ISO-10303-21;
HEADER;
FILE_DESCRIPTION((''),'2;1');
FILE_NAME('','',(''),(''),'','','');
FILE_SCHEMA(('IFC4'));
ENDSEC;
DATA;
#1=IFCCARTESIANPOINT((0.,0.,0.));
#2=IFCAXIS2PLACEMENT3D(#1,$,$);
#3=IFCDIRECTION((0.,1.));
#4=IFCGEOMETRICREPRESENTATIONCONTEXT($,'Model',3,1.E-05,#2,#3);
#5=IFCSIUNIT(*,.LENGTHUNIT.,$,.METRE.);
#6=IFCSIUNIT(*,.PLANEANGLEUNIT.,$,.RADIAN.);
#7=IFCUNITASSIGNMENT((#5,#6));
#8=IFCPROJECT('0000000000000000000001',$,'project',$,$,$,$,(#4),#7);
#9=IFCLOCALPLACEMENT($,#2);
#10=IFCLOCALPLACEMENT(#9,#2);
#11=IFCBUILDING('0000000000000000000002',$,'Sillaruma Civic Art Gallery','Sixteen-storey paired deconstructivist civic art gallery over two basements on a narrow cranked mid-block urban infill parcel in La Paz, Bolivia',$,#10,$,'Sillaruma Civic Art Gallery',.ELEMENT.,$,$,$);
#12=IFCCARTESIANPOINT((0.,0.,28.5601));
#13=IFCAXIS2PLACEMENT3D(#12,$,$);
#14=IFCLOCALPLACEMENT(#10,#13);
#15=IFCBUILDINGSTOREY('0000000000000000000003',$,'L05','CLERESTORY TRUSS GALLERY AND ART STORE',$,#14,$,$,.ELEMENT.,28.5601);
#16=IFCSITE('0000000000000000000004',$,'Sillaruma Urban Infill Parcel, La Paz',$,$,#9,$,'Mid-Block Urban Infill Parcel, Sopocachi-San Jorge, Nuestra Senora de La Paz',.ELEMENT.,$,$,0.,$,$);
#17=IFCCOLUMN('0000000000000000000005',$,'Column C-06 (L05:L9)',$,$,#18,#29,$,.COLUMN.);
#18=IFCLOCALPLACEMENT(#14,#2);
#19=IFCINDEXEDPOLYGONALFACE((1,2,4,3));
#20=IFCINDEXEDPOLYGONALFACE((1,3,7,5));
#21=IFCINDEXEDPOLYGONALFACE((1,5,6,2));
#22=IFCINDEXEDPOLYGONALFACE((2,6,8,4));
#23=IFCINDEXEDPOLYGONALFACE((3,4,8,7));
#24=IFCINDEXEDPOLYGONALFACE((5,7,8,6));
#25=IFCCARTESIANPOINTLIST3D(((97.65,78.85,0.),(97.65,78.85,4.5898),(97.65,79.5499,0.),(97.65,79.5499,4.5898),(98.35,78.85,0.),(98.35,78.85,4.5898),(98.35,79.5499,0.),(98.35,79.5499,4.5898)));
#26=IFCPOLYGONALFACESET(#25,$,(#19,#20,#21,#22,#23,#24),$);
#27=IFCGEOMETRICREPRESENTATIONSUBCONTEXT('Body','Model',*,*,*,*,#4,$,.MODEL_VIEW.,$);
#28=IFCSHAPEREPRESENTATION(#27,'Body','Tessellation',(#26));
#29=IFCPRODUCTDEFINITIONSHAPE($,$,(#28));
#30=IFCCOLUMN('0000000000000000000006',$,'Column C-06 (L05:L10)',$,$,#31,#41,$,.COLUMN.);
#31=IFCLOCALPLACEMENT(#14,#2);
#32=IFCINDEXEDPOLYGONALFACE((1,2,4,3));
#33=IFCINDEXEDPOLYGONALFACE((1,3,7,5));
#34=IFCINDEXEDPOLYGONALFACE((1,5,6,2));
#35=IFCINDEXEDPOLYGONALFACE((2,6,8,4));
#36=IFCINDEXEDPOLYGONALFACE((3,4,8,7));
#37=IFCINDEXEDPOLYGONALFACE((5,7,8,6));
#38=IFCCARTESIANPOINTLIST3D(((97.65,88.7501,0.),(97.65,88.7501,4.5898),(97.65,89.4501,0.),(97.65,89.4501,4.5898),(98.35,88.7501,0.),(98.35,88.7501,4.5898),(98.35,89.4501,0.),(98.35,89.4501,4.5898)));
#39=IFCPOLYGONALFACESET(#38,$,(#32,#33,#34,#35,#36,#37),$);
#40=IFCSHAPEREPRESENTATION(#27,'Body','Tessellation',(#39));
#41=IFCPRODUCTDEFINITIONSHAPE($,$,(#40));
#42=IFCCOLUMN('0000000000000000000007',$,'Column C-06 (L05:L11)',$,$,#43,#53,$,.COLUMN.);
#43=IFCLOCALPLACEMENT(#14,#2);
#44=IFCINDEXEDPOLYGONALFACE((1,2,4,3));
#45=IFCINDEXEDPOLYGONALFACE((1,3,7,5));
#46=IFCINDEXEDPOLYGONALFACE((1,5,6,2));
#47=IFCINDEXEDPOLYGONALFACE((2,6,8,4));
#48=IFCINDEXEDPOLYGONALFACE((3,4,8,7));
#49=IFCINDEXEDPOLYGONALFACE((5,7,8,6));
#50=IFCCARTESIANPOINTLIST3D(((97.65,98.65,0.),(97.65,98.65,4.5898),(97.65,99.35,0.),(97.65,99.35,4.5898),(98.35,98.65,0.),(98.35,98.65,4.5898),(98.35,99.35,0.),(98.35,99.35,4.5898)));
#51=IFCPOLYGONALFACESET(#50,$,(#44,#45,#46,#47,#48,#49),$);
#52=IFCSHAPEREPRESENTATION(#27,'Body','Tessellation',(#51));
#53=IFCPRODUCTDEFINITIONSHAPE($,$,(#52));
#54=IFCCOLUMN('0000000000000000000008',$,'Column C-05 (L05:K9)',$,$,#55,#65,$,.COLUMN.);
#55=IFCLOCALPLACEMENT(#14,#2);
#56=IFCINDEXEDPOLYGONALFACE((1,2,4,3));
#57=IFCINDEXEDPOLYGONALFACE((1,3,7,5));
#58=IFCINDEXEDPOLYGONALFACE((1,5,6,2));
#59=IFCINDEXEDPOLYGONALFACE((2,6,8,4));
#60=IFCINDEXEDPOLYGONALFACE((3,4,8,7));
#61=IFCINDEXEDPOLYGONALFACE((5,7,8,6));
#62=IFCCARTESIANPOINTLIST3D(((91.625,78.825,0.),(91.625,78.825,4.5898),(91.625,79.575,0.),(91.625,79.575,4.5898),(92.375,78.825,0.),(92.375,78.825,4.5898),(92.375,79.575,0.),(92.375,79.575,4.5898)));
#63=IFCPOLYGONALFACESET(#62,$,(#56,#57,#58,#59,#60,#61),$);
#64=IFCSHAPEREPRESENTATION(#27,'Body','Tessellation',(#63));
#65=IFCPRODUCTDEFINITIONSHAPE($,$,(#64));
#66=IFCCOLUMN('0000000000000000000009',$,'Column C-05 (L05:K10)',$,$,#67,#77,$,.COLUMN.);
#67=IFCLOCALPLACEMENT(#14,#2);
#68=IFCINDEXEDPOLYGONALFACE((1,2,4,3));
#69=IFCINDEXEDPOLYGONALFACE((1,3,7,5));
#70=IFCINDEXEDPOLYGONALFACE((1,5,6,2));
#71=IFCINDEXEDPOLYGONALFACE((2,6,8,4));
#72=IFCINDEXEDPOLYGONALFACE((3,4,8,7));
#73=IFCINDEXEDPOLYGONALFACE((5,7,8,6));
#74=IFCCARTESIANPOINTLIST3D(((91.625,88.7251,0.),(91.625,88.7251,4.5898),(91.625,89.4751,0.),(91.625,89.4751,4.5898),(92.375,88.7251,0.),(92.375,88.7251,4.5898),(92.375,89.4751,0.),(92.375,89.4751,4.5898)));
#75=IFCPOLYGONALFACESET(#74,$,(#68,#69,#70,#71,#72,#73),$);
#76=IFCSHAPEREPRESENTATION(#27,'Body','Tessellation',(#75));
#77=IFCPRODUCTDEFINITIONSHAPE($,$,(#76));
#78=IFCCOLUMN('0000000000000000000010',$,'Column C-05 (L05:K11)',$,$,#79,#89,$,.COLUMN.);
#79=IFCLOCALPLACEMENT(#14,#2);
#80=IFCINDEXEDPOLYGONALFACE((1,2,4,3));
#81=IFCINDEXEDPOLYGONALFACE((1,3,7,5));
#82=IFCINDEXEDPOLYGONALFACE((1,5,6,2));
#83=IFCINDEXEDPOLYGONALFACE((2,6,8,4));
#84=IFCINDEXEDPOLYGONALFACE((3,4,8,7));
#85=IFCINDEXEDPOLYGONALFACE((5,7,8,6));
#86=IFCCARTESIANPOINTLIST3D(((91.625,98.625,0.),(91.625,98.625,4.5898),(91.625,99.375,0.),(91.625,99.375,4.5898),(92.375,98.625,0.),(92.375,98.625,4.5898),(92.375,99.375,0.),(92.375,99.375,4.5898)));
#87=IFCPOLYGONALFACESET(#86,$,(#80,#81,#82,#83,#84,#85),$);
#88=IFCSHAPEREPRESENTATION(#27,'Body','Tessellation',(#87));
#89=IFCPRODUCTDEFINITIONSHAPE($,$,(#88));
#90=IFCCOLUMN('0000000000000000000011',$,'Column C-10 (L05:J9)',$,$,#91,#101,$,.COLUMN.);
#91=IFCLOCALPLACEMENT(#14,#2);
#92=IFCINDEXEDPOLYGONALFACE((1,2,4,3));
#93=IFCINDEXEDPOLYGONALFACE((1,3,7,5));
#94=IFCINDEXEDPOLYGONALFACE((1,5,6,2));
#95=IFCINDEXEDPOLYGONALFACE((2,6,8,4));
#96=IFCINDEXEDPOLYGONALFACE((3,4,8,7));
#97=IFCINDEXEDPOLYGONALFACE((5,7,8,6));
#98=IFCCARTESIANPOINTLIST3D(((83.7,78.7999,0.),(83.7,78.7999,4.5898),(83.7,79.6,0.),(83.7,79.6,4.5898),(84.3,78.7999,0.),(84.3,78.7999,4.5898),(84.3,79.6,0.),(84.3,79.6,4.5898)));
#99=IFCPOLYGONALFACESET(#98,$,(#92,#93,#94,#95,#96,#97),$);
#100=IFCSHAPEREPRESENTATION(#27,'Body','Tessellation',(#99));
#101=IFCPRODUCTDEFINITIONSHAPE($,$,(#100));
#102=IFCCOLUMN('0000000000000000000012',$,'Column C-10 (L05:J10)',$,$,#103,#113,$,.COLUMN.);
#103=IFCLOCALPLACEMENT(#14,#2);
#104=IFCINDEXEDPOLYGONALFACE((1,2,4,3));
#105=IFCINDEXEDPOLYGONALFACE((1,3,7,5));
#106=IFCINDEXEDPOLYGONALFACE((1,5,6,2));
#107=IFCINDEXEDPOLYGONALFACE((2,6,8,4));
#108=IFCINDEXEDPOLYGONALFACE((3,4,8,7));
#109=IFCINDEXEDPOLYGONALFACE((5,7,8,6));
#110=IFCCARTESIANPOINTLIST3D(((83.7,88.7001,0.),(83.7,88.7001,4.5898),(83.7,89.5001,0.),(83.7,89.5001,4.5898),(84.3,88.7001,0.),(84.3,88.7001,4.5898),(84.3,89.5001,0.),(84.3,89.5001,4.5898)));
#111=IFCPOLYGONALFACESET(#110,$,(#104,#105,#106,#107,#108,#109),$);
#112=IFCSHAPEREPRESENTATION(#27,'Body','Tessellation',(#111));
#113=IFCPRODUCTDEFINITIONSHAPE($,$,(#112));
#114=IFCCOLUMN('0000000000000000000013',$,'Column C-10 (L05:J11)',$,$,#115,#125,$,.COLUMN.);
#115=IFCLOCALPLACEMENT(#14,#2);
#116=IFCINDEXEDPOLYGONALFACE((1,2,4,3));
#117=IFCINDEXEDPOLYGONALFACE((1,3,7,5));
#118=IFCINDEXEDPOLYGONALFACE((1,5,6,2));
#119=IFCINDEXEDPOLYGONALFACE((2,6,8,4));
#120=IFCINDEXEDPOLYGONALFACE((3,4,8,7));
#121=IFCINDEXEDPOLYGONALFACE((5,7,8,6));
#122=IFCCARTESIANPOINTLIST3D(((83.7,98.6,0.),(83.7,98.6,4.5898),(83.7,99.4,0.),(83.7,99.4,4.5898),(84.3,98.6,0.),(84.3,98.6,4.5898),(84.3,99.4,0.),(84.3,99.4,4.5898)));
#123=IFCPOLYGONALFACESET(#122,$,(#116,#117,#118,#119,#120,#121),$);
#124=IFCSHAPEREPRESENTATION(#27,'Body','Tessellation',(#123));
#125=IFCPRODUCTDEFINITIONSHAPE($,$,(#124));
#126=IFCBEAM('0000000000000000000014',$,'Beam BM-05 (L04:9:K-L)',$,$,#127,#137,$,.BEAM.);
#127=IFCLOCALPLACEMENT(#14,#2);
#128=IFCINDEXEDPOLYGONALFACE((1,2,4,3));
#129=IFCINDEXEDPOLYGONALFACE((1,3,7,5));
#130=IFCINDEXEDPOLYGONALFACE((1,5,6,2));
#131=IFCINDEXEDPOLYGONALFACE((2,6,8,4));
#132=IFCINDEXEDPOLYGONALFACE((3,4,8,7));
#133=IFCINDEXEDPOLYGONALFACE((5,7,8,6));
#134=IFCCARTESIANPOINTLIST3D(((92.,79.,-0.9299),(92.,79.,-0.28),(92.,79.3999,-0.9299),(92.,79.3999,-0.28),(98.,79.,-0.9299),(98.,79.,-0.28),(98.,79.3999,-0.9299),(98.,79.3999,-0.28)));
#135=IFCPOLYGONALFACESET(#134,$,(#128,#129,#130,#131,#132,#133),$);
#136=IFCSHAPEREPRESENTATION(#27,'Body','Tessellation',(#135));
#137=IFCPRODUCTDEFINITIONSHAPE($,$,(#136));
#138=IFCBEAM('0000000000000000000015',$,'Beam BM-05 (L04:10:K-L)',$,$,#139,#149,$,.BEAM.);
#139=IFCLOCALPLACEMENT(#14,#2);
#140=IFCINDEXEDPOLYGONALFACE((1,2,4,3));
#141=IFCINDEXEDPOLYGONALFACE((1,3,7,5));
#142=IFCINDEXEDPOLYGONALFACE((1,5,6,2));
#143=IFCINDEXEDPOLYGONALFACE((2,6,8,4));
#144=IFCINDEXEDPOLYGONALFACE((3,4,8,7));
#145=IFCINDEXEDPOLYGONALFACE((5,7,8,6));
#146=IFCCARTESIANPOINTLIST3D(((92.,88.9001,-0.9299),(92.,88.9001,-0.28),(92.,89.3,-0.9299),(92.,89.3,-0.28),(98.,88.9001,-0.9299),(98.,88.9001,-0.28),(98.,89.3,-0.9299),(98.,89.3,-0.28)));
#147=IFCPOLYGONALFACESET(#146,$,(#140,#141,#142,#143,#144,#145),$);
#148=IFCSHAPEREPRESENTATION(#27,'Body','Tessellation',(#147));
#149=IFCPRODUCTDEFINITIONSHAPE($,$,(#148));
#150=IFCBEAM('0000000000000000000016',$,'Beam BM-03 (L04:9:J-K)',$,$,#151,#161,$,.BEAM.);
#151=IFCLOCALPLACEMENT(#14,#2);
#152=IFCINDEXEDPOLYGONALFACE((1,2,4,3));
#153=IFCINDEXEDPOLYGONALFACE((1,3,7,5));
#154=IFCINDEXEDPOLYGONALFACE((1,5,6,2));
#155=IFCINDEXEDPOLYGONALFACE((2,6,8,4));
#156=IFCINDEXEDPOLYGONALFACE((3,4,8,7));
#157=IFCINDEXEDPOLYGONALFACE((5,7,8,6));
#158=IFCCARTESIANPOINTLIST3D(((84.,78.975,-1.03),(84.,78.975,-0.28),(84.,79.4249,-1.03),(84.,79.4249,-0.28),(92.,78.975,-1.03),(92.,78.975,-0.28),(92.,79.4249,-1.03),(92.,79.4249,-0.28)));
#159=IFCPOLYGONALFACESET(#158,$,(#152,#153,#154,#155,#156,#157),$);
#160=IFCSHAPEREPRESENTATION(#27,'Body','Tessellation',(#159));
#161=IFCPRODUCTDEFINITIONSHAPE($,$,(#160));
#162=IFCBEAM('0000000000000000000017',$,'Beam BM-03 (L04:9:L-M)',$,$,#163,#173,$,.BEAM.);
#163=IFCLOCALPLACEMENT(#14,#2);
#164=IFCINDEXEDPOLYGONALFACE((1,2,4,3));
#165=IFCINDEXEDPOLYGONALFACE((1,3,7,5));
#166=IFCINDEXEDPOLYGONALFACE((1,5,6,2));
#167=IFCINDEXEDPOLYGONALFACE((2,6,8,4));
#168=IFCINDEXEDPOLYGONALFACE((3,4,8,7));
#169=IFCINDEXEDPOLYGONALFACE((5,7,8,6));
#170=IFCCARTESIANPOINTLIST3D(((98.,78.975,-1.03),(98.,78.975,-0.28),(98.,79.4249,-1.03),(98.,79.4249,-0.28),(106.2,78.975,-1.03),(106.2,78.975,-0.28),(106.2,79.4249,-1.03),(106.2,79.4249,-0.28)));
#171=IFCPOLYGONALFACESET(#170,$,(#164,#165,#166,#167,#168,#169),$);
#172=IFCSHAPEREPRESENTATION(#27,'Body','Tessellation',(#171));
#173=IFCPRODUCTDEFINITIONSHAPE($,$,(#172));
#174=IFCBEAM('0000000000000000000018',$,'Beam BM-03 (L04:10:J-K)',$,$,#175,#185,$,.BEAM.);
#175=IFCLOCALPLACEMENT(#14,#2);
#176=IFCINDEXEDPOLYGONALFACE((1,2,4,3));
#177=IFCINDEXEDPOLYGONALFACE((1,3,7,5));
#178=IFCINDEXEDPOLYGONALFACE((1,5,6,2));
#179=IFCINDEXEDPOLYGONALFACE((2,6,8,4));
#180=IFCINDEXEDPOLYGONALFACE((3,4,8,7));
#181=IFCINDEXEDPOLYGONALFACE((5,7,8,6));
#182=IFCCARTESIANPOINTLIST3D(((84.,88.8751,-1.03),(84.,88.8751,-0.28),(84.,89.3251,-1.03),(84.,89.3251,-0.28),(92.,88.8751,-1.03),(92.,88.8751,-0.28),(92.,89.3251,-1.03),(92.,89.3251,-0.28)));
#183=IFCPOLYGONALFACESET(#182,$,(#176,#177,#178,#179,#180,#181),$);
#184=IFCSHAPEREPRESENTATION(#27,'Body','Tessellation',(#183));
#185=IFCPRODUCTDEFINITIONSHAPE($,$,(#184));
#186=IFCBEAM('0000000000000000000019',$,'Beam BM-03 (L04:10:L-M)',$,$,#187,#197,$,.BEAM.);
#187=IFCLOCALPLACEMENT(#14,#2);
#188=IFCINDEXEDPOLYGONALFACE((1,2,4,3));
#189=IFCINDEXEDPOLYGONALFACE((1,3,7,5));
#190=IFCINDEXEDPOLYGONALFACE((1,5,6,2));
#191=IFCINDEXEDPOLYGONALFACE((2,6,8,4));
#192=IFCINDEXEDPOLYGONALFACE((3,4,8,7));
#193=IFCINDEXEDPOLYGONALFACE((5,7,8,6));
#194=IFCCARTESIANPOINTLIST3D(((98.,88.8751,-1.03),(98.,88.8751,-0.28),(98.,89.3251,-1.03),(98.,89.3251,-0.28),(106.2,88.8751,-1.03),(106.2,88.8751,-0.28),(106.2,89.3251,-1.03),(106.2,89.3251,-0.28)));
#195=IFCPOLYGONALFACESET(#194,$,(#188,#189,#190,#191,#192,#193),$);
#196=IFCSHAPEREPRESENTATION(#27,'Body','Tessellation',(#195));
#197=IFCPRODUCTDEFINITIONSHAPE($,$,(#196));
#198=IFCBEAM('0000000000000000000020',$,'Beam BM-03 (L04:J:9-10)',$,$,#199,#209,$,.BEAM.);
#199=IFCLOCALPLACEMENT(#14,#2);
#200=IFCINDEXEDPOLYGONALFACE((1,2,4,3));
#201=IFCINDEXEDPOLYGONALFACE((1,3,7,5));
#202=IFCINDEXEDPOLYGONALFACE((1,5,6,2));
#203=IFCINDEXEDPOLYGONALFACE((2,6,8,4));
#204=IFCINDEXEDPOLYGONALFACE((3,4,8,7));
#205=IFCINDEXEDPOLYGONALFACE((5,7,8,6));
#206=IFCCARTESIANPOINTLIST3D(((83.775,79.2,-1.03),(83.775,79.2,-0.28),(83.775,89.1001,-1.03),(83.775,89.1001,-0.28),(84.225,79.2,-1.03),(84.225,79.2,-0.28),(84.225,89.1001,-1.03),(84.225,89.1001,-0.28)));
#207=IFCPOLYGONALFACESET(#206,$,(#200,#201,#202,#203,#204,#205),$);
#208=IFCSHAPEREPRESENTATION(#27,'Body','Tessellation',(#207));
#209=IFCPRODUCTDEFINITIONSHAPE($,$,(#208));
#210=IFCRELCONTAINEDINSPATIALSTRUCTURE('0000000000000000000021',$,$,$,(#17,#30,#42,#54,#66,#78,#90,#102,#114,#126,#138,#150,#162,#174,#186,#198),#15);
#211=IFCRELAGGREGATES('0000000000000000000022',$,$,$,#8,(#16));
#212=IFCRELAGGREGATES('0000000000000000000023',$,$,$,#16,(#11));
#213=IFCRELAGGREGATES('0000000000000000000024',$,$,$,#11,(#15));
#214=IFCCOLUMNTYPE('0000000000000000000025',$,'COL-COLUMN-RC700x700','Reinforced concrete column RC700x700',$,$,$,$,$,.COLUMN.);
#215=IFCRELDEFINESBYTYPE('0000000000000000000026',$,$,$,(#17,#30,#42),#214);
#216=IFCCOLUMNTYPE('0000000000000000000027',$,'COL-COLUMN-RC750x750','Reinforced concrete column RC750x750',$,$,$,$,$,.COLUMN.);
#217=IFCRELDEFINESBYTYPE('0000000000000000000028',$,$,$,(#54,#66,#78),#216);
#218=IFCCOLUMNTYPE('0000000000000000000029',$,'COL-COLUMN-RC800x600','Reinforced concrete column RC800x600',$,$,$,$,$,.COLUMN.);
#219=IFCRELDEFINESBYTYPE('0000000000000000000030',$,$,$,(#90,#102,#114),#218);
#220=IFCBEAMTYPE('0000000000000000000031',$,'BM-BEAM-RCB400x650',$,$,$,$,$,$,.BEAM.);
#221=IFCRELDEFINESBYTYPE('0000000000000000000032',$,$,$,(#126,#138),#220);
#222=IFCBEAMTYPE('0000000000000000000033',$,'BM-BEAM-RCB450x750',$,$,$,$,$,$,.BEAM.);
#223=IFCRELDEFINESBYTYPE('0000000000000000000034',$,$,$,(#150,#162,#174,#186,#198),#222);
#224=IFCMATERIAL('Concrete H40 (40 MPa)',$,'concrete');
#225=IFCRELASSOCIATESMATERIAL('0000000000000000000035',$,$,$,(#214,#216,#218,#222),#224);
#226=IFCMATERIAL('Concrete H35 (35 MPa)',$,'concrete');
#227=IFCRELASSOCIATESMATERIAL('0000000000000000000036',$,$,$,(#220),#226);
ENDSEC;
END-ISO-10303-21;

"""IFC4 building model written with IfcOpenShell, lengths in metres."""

from ifc_helpers import new_model, si_unit, direction, frame, origin, origin_2d, place, context, subcontext, project, spatial, rectangle, extrude, material, material_profile, profile_set, type_object, element, save


model = new_model("IFC4")

# Units and contexts
model_context = context("Model", 3, precision=1e-05, world=origin(), true_north=direction((0.0, 1.0)))
body_context = subcontext(model_context, "Body", "Model", "MODEL_VIEW")
ifc_project = project(units=[si_unit("LENGTHUNIT", "METRE"), si_unit("PLANEANGLEUNIT", "RADIAN")], contexts=[model_context])

# Site, building, storey
site_placement = place(None, origin())
site = spatial("IfcSite", under=ifc_project, at=site_placement, Name="Sillaruma Urban Infill Parcel, La Paz", LongName="Mid-Block Urban Infill Parcel, Sopocachi-San Jorge, Nuestra Senora de La Paz", CompositionType="ELEMENT", RefElevation=0.0)
building_placement = place(site_placement, origin())
building = spatial("IfcBuilding", under=site, at=building_placement, Name="Sillaruma Civic Art Gallery", Description="Sixteen-storey paired deconstructivist civic art gallery over two basements on a narrow cranked mid-block urban infill parcel in La Paz, Bolivia", LongName="Sillaruma Civic Art Gallery", CompositionType="ELEMENT")
storey_placement = place(building_placement, frame((0.0, 0.0, 28.5601)))
storey = spatial("IfcBuildingStorey", under=building, at=storey_placement, Name="L05", Description="CLERESTORY TRUSS GALLERY AND ART STORE", CompositionType="ELEMENT", Elevation=28.5601)

# Columns
ifc_material_1 = material(Name="Concrete H40 (40 MPa)", Category="concrete")
ifc_material_profile_1 = material_profile(ifc_material_1, rectangle(XDim=0.7, YDim=0.7, at=origin_2d()), Name="RC700x700")
ifc_profile_set_1 = profile_set([ifc_material_profile_1], Name="Concrete H40 (40 MPa)")
column_type_1 = type_object("IfcColumnType", Name="COL-COLUMN-RC700x700", Description="Reinforced concrete column RC700x700", PredefinedType="COLUMN", material=ifc_profile_set_1)
for number, where, z_axis, x_axis, name in (
    (1, (98.0, 79.2, 0.0), (0.0, 0.0, 1.0), (1.0, 0.0, 0.0), "Column C-06 (L05:L9)"),
    (2, (98.0, 89.1001, 0.0), (0.0, 0.0, 1.0), (1.0, 0.0, 0.0), "Column C-06 (L05:L10)"),
    (3, (98.0, 99.0, 0.0), (0.0, 0.0, 1.0), (1.0, 0.0, 0.0), "Column C-06 (L05:L11)"),
):
    element("IfcColumn", number, at=place(storey_placement, frame(where, z_axis=z_axis, x_axis=x_axis)), inside=storey, type_object=column_type_1, Name=name, PredefinedType="COLUMN", context=body_context, shape_type="SweptSolid", body=[
        extrude(rectangle(XDim=0.7, YDim=0.7, at=origin_2d()), origin(), (0.0, 0.0, 1.0), 4.5898),
    ])
ifc_material_profile_2 = material_profile(ifc_material_1, rectangle(XDim=0.75, YDim=0.75, at=origin_2d()), Name="RC750x750")
ifc_profile_set_2 = profile_set([ifc_material_profile_2], Name="Concrete H40 (40 MPa)")
column_type_2 = type_object("IfcColumnType", Name="COL-COLUMN-RC750x750", Description="Reinforced concrete column RC750x750", PredefinedType="COLUMN", material=ifc_profile_set_2)
for number, where, z_axis, x_axis, name in (
    (4, (92.0, 79.2, 0.0), (0.0, 0.0, 1.0), (1.0, 0.0, 0.0), "Column C-05 (L05:K9)"),
    (5, (92.0, 89.1001, 0.0), (0.0, 0.0, 1.0), (1.0, 0.0, 0.0), "Column C-05 (L05:K10)"),
    (6, (92.0, 99.0, 0.0), (0.0, 0.0, 1.0), (1.0, 0.0, 0.0), "Column C-05 (L05:K11)"),
):
    element("IfcColumn", number, at=place(storey_placement, frame(where, z_axis=z_axis, x_axis=x_axis)), inside=storey, type_object=column_type_2, Name=name, PredefinedType="COLUMN", context=body_context, shape_type="SweptSolid", body=[
        extrude(rectangle(XDim=0.75, YDim=0.75, at=origin_2d()), origin(), (0.0, 0.0, 1.0), 4.5898),
    ])
ifc_material_profile_3 = material_profile(ifc_material_1, rectangle(XDim=0.6001, YDim=0.8, at=origin_2d()), Name="RC800x600")
ifc_profile_set_3 = profile_set([ifc_material_profile_3], Name="Concrete H40 (40 MPa)")
column_type_3 = type_object("IfcColumnType", Name="COL-COLUMN-RC800x600", Description="Reinforced concrete column RC800x600", PredefinedType="COLUMN", material=ifc_profile_set_3)
for number, where, z_axis, x_axis, name in (
    (7, (84.0, 79.2, 0.0), (0.0, 0.0, 1.0), (1.0, 0.0, 0.0), "Column C-10 (L05:J9)"),
    (8, (84.0, 89.1001, 0.0), (0.0, 0.0, 1.0), (1.0, 0.0, 0.0), "Column C-10 (L05:J10)"),
    (9, (84.0, 99.0, 0.0), (0.0, 0.0, 1.0), (1.0, 0.0, 0.0), "Column C-10 (L05:J11)"),
):
    element("IfcColumn", number, at=place(storey_placement, frame(where, z_axis=z_axis, x_axis=x_axis)), inside=storey, type_object=column_type_3, Name=name, PredefinedType="COLUMN", context=body_context, shape_type="SweptSolid", body=[
        extrude(rectangle(XDim=0.6001, YDim=0.8, at=origin_2d()), origin(), (0.0, 0.0, 1.0), 4.5898),
    ])

# Beams
ifc_material_2 = material(Name="Concrete H35 (35 MPa)", Category="concrete")
ifc_material_profile_4 = material_profile(ifc_material_2, rectangle(XDim=0.3999, YDim=0.6499, at=origin_2d()), Name="RCB400x650")
ifc_profile_set_4 = profile_set([ifc_material_profile_4], Name="Concrete H35 (35 MPa)")
beam_type_1 = type_object("IfcBeamType", Name="BM-BEAM-RCB400x650", PredefinedType="BEAM", material=ifc_profile_set_4)
for number, where, z_axis, x_axis, name in (
    (10, (92.0, 79.2, -0.605), (1.0, 0.0, 0.0), (0.0, 1.0, 0.0), "Beam BM-05 (L04:9:K-L)"),
    (11, (92.0, 89.1001, -0.605), (1.0, 0.0, 0.0), (0.0, 1.0, 0.0), "Beam BM-05 (L04:10:K-L)"),
):
    element("IfcBeam", number, at=place(storey_placement, frame(where, z_axis=z_axis, x_axis=x_axis)), inside=storey, type_object=beam_type_1, Name=name, PredefinedType="BEAM", context=body_context, shape_type="SweptSolid", body=[
        extrude(rectangle(XDim=0.3999, YDim=0.6499, at=origin_2d()), origin(), (0.0, 0.0, 1.0), 6.0),
    ])
ifc_material_profile_5 = material_profile(ifc_material_1, rectangle(XDim=0.45, YDim=0.75, at=origin_2d()), Name="RCB450x750")
ifc_profile_set_5 = profile_set([ifc_material_profile_5], Name="Concrete H40 (40 MPa)")
beam_type_2 = type_object("IfcBeamType", Name="BM-BEAM-RCB450x750", PredefinedType="BEAM", material=ifc_profile_set_5)
beam_1_placement = place(storey_placement, frame((84.0, 79.2, -0.655), z_axis=(1.0, 0.0, 0.0), x_axis=(0.0, 1.0, 0.0)))
element("IfcBeam", 12, at=beam_1_placement, inside=storey, type_object=beam_type_2, Name="Beam BM-03 (L04:9:J-K)", PredefinedType="BEAM", context=body_context, shape_type="SweptSolid", body=[
    extrude(rectangle(XDim=0.45, YDim=0.75, at=origin_2d()), origin(), (0.0, 0.0, 1.0), 8.0),
])
beam_2_placement = place(storey_placement, frame((98.0, 79.2, -0.655), z_axis=(1.0, 0.0, 0.0), x_axis=(0.0, 1.0, 0.0)))
element("IfcBeam", 13, at=beam_2_placement, inside=storey, type_object=beam_type_2, Name="Beam BM-03 (L04:9:L-M)", PredefinedType="BEAM", context=body_context, shape_type="SweptSolid", body=[
    extrude(rectangle(XDim=0.45, YDim=0.75, at=origin_2d()), origin(), (0.0, 0.0, 1.0), 8.2),
])
beam_3_placement = place(storey_placement, frame((84.0, 89.1001, -0.655), z_axis=(1.0, 0.0, 0.0), x_axis=(0.0, 1.0, 0.0)))
element("IfcBeam", 14, at=beam_3_placement, inside=storey, type_object=beam_type_2, Name="Beam BM-03 (L04:10:J-K)", PredefinedType="BEAM", context=body_context, shape_type="SweptSolid", body=[
    extrude(rectangle(XDim=0.45, YDim=0.75, at=origin_2d()), origin(), (0.0, 0.0, 1.0), 8.0),
])
beam_4_placement = place(storey_placement, frame((98.0, 89.1001, -0.655), z_axis=(1.0, 0.0, 0.0), x_axis=(0.0, 1.0, 0.0)))
element("IfcBeam", 15, at=beam_4_placement, inside=storey, type_object=beam_type_2, Name="Beam BM-03 (L04:10:L-M)", PredefinedType="BEAM", context=body_context, shape_type="SweptSolid", body=[
    extrude(rectangle(XDim=0.45, YDim=0.75, at=origin_2d()), origin(), (0.0, 0.0, 1.0), 8.2),
])
beam_5_placement = place(storey_placement, frame((84.0, 79.2, -0.655), z_axis=(0.0, 1.0, 0.0), x_axis=(-1.0, 0.0, 0.0)))
element("IfcBeam", 16, at=beam_5_placement, inside=storey, type_object=beam_type_2, Name="Beam BM-03 (L04:J:9-10)", PredefinedType="BEAM", context=body_context, shape_type="SweptSolid", body=[
    extrude(rectangle(XDim=0.45, YDim=0.75, at=origin_2d()), origin(), (0.0, 0.0, 1.0), 9.9001),
])

save(model, "model.ifc")
